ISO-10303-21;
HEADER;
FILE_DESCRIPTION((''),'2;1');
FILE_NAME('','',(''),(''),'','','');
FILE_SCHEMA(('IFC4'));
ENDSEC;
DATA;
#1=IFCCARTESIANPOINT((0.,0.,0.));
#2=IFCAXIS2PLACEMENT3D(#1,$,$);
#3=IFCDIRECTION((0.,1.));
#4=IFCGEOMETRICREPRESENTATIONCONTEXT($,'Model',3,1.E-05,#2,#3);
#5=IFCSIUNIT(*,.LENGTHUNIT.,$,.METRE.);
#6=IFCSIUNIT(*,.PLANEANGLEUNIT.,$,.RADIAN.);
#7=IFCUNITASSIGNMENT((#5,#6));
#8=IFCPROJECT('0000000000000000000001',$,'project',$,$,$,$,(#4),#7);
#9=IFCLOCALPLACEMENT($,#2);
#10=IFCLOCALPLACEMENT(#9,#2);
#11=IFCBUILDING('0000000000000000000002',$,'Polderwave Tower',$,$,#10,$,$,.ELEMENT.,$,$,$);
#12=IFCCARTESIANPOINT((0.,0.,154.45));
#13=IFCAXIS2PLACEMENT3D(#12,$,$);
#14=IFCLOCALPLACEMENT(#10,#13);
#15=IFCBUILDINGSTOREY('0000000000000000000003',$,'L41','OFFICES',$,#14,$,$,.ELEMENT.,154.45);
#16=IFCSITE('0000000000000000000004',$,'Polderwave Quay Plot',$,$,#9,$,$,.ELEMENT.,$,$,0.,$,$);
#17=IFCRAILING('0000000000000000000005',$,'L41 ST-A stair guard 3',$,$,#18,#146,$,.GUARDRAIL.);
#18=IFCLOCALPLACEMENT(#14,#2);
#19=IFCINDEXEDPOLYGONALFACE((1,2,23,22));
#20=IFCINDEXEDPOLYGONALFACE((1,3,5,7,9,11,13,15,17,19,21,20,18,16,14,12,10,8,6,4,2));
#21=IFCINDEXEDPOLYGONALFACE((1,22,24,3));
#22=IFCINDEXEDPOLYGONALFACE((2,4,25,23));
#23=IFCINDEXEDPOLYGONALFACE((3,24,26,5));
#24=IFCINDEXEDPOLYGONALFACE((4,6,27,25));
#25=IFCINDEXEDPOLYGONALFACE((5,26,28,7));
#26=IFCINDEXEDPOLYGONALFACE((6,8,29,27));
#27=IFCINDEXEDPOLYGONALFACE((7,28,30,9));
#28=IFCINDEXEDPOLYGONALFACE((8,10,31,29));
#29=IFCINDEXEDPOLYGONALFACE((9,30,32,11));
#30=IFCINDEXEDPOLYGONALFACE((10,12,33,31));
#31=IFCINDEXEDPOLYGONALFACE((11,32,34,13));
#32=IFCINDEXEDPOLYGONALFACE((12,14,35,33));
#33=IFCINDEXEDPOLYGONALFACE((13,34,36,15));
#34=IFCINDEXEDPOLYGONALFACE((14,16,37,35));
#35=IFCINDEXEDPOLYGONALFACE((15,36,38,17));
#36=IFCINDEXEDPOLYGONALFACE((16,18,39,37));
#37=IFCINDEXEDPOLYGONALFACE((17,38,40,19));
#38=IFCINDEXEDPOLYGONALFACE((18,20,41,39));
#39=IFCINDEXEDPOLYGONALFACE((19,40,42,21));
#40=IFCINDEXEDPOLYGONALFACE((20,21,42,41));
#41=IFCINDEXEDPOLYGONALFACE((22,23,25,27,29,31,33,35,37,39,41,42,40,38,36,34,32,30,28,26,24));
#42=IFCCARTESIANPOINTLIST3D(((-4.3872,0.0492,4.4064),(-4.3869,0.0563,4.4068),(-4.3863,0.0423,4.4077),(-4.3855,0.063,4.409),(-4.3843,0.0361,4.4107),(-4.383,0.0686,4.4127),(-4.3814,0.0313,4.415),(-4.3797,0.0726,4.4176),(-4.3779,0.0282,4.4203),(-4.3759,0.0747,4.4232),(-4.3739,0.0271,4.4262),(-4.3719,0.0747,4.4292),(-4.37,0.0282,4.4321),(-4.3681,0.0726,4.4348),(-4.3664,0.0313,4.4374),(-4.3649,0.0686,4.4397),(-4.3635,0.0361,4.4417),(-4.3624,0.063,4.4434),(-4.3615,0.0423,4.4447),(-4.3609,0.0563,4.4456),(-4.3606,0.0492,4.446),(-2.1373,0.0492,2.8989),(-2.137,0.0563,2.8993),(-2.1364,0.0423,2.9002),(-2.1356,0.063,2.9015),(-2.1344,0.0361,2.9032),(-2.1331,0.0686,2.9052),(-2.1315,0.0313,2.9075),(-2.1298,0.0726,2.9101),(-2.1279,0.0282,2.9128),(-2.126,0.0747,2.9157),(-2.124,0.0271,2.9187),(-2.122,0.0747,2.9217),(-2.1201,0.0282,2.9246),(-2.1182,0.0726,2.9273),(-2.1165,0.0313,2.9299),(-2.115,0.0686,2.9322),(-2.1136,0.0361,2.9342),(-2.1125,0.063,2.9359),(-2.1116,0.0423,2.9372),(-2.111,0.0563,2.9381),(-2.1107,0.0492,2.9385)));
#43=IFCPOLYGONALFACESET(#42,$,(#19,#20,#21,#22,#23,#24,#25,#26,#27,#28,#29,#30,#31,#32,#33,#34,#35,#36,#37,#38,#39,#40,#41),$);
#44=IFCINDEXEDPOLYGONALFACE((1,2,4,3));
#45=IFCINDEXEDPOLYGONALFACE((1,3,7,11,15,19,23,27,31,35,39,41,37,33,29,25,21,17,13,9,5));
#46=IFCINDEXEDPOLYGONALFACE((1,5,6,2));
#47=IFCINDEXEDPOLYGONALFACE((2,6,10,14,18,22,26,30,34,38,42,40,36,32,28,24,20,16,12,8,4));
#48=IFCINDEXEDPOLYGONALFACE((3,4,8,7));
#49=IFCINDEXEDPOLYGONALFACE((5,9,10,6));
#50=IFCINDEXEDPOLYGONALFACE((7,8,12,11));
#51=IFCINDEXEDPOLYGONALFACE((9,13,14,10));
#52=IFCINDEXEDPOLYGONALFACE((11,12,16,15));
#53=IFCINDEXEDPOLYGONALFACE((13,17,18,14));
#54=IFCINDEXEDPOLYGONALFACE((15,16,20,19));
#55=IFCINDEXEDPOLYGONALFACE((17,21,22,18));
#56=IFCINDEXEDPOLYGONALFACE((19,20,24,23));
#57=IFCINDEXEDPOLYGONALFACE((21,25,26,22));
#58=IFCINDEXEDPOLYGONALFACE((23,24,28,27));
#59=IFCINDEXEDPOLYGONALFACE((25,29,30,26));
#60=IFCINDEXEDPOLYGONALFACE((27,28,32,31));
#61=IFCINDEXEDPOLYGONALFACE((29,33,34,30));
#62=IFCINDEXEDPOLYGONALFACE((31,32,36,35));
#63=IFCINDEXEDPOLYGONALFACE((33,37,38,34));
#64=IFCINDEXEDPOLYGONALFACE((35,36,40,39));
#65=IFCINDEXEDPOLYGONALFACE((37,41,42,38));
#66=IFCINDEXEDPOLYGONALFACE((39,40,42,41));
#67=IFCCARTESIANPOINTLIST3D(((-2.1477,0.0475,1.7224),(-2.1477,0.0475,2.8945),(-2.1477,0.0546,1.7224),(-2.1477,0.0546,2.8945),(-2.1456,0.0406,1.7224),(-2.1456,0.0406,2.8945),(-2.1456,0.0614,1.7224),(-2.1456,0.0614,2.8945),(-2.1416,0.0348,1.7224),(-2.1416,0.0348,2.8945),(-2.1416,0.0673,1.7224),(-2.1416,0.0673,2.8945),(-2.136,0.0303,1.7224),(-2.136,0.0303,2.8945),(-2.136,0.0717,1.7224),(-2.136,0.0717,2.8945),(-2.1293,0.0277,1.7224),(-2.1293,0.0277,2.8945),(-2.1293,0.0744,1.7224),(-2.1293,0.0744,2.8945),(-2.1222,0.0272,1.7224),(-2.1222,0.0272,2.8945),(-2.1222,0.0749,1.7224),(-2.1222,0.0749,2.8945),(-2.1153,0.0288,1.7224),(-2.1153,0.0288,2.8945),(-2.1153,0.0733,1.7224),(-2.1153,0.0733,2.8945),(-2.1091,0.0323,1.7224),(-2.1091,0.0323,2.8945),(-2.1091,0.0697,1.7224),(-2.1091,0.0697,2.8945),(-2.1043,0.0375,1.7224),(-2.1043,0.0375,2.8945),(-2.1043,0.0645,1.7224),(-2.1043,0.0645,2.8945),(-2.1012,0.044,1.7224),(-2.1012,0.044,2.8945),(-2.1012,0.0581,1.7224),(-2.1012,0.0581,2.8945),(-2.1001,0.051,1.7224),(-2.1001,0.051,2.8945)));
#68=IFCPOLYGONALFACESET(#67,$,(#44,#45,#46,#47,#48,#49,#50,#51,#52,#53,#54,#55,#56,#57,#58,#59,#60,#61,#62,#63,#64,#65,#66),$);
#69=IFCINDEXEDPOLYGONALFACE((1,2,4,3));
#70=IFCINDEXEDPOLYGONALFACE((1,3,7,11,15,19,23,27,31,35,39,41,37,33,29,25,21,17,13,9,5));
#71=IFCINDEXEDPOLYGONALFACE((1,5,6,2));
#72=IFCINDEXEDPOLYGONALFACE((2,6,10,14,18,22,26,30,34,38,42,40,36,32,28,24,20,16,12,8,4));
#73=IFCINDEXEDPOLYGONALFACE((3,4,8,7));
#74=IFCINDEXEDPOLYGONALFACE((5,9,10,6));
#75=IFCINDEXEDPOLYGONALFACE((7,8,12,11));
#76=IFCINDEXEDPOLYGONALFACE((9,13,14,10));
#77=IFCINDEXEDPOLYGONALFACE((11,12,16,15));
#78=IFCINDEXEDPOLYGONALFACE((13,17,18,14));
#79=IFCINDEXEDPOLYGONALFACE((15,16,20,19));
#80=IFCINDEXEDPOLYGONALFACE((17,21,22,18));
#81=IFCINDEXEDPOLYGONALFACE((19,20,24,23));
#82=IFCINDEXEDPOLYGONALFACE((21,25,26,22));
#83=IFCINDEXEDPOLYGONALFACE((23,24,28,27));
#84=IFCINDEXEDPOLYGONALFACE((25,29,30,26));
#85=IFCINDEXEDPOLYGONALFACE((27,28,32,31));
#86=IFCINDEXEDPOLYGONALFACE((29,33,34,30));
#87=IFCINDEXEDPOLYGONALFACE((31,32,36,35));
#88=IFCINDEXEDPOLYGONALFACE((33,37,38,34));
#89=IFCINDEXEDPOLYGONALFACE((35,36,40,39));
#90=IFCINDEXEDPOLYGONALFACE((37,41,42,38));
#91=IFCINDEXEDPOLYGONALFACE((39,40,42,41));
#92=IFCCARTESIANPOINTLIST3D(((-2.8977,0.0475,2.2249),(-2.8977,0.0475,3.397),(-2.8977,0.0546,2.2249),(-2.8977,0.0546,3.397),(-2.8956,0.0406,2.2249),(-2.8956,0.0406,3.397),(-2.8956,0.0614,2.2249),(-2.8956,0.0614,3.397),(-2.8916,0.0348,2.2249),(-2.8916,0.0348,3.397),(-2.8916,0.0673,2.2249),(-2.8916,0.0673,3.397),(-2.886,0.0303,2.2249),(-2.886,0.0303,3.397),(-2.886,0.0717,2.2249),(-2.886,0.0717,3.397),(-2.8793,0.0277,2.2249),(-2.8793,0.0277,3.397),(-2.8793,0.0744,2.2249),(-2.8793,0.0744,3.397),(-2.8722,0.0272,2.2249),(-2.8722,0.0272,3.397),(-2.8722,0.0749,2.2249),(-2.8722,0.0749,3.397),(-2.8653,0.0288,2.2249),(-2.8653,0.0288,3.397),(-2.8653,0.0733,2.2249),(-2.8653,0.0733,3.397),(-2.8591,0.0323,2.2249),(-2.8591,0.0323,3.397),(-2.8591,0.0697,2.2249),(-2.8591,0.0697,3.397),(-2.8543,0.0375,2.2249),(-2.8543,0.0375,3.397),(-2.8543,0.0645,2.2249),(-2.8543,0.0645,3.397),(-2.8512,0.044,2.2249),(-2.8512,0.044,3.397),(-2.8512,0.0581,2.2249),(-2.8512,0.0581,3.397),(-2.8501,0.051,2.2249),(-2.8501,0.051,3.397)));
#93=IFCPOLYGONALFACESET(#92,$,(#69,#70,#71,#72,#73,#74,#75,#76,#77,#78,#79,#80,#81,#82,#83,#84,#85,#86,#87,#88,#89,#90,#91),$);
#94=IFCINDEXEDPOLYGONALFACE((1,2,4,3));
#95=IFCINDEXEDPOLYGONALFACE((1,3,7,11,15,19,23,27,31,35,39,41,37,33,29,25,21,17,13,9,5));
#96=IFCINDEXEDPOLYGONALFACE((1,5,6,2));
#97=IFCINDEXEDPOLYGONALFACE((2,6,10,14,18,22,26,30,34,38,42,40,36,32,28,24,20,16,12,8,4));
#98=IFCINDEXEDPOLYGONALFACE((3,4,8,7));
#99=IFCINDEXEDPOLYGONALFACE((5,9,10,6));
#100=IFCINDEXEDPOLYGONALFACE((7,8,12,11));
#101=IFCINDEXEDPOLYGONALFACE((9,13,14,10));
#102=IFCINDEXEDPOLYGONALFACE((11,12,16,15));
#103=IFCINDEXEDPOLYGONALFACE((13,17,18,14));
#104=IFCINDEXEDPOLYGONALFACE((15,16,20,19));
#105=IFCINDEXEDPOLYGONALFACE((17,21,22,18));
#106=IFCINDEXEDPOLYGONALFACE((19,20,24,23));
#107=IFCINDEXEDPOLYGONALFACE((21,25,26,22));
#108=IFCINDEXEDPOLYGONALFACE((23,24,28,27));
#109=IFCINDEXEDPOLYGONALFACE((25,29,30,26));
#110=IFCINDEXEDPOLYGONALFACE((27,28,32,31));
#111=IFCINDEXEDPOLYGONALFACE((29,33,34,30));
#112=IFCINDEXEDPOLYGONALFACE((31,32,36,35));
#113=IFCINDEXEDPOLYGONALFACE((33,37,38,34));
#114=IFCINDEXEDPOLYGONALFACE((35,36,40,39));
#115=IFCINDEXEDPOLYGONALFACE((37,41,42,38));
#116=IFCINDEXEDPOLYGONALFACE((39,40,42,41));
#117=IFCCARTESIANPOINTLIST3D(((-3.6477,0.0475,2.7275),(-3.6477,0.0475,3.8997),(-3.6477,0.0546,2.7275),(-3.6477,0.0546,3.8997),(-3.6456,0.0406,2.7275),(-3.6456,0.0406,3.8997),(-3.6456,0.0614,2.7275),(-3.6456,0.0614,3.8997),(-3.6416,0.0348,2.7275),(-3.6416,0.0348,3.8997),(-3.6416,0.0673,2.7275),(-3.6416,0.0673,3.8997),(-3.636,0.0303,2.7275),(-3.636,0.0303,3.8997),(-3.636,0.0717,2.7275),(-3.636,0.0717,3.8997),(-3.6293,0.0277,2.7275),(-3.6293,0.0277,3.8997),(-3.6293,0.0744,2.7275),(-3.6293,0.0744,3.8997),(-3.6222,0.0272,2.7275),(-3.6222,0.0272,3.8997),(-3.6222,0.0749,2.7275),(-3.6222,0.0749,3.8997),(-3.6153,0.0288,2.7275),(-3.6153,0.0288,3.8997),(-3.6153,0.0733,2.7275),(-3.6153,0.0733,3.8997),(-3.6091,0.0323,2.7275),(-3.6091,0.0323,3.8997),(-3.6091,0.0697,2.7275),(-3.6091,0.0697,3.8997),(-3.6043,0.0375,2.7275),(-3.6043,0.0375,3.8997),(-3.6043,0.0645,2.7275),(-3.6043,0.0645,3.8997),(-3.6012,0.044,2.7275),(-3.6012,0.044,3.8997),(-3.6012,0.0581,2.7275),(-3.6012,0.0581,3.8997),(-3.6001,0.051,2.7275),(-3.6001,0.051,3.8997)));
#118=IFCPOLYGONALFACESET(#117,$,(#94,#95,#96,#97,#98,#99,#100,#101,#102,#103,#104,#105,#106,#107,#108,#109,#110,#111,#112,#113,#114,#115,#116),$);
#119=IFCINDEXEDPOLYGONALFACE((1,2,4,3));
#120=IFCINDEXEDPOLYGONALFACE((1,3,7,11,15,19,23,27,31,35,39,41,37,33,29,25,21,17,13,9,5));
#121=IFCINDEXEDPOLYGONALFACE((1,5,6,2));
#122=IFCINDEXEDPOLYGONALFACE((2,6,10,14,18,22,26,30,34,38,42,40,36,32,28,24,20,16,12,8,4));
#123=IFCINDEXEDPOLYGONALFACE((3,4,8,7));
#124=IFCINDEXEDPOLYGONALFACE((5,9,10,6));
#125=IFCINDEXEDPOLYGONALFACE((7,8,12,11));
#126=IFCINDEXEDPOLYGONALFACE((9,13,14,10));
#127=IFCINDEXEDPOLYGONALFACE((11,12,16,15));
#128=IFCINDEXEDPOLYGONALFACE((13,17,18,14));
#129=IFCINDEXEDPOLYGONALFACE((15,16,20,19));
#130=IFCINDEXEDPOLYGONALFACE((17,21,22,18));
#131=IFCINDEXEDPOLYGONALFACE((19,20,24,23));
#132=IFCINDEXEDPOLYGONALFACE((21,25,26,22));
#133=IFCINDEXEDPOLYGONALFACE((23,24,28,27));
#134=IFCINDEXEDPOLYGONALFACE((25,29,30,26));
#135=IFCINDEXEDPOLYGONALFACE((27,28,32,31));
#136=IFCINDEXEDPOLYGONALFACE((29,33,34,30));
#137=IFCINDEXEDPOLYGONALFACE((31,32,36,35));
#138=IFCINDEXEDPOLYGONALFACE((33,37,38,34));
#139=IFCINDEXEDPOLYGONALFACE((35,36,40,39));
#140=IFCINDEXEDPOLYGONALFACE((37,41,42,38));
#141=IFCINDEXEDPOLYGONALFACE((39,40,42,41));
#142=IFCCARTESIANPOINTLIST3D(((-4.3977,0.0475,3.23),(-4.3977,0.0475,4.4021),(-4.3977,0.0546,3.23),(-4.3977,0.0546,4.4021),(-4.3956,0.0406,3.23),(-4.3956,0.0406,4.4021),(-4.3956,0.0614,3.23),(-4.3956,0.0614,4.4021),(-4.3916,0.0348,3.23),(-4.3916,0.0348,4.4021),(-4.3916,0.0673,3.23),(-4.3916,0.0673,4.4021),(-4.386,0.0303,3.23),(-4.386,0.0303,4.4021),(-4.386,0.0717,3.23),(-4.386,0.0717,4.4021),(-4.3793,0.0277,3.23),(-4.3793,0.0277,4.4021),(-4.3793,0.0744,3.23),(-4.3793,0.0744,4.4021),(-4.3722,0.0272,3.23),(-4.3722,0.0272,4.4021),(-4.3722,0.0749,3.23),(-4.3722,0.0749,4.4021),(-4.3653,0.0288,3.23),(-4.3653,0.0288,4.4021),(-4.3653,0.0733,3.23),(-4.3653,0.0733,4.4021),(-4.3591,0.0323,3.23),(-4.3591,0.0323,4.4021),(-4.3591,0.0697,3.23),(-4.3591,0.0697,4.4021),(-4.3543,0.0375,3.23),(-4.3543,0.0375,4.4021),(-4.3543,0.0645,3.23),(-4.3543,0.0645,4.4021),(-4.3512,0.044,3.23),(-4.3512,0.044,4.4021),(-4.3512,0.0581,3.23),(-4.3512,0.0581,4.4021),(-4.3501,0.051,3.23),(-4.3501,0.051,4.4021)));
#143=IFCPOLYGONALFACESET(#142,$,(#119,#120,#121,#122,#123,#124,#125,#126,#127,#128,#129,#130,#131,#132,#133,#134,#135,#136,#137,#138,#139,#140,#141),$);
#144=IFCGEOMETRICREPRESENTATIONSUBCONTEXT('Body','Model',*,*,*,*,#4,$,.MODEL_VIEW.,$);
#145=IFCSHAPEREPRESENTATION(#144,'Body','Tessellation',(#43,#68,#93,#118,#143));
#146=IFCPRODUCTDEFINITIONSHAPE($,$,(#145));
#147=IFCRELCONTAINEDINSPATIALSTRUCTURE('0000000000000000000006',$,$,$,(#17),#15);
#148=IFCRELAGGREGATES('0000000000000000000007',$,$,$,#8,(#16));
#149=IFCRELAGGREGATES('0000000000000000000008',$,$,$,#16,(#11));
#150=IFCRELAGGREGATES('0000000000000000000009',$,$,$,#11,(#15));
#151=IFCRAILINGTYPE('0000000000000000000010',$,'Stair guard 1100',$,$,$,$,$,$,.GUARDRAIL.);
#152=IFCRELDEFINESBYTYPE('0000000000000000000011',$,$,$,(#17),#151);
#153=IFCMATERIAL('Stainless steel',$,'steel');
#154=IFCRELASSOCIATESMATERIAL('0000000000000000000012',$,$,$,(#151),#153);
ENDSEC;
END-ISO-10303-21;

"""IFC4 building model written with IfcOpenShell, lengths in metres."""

from ifc_helpers import new_model, si_unit, direction, frame, origin, origin_2d, place, context, subcontext, project, spatial, circle, extrude, material, type_object, element, save


model = new_model("IFC4")

# Units and contexts
model_context = context("Model", 3, precision=1e-05, world=origin(), true_north=direction((0.0, 1.0)))
body_context = subcontext(model_context, "Body", "Model", "MODEL_VIEW")
ifc_project = project(units=[si_unit("LENGTHUNIT", "METRE"), si_unit("PLANEANGLEUNIT", "RADIAN")], contexts=[model_context])

# Site, building, storey
site_placement = place(None, origin())
site = spatial("IfcSite", under=ifc_project, at=site_placement, Name="Polderwave Quay Plot", CompositionType="ELEMENT", RefElevation=0.0)
building_placement = place(site_placement, origin())
building = spatial("IfcBuilding", under=site, at=building_placement, Name="Polderwave Tower", CompositionType="ELEMENT")
storey_placement = place(building_placement, frame((0.0, 0.0, 154.45)))
storey = spatial("IfcBuildingStorey", under=building, at=storey_placement, Name="L41", Description="OFFICES", CompositionType="ELEMENT", Elevation=154.45)

# Shared definitions
ifc_material_1 = material(Name="Stainless steel", Category="steel")

# Railing
railing_type_1 = type_object("IfcRailingType", Name="Stair guard 1100", PredefinedType="GUARDRAIL", material=ifc_material_1)
railing_1_placement = place(storey_placement, frame((-2.124, 0.051, 1.7224)))
element("IfcRailing", 1, at=railing_1_placement, inside=storey, type_object=railing_type_1, Name="L41 ST-A stair guard 3", PredefinedType="GUARDRAIL", context=body_context, shape_type="SweptSolid", body=[
    extrude(circle(Radius=0.0239, at=origin_2d()), frame((0.0, 0.0, 1.1963), z_axis=(-0.830758, 0.0, 0.556633), x_axis=(0.0, -1.0, 0.0)), (0.0, 0.0, 1.0), 2.7083),
    extrude(circle(Radius=0.0239, at=origin_2d()), origin(), (0.0, 0.0, 1.0), 1.1721),
    extrude(circle(Radius=0.0239, at=origin_2d()), frame((-0.75, 0.0, 0.5024)), (0.0, 0.0, 1.0), 1.1721),
    extrude(circle(Radius=0.0239, at=origin_2d()), frame((-1.5, 0.0, 1.0051)), (0.0, 0.0, 1.0), 1.1721),
    extrude(circle(Radius=0.0239, at=origin_2d()), frame((-2.25, 0.0, 1.5076)), (0.0, 0.0, 1.0), 1.1721),
])

save(model, "model.ifc")
